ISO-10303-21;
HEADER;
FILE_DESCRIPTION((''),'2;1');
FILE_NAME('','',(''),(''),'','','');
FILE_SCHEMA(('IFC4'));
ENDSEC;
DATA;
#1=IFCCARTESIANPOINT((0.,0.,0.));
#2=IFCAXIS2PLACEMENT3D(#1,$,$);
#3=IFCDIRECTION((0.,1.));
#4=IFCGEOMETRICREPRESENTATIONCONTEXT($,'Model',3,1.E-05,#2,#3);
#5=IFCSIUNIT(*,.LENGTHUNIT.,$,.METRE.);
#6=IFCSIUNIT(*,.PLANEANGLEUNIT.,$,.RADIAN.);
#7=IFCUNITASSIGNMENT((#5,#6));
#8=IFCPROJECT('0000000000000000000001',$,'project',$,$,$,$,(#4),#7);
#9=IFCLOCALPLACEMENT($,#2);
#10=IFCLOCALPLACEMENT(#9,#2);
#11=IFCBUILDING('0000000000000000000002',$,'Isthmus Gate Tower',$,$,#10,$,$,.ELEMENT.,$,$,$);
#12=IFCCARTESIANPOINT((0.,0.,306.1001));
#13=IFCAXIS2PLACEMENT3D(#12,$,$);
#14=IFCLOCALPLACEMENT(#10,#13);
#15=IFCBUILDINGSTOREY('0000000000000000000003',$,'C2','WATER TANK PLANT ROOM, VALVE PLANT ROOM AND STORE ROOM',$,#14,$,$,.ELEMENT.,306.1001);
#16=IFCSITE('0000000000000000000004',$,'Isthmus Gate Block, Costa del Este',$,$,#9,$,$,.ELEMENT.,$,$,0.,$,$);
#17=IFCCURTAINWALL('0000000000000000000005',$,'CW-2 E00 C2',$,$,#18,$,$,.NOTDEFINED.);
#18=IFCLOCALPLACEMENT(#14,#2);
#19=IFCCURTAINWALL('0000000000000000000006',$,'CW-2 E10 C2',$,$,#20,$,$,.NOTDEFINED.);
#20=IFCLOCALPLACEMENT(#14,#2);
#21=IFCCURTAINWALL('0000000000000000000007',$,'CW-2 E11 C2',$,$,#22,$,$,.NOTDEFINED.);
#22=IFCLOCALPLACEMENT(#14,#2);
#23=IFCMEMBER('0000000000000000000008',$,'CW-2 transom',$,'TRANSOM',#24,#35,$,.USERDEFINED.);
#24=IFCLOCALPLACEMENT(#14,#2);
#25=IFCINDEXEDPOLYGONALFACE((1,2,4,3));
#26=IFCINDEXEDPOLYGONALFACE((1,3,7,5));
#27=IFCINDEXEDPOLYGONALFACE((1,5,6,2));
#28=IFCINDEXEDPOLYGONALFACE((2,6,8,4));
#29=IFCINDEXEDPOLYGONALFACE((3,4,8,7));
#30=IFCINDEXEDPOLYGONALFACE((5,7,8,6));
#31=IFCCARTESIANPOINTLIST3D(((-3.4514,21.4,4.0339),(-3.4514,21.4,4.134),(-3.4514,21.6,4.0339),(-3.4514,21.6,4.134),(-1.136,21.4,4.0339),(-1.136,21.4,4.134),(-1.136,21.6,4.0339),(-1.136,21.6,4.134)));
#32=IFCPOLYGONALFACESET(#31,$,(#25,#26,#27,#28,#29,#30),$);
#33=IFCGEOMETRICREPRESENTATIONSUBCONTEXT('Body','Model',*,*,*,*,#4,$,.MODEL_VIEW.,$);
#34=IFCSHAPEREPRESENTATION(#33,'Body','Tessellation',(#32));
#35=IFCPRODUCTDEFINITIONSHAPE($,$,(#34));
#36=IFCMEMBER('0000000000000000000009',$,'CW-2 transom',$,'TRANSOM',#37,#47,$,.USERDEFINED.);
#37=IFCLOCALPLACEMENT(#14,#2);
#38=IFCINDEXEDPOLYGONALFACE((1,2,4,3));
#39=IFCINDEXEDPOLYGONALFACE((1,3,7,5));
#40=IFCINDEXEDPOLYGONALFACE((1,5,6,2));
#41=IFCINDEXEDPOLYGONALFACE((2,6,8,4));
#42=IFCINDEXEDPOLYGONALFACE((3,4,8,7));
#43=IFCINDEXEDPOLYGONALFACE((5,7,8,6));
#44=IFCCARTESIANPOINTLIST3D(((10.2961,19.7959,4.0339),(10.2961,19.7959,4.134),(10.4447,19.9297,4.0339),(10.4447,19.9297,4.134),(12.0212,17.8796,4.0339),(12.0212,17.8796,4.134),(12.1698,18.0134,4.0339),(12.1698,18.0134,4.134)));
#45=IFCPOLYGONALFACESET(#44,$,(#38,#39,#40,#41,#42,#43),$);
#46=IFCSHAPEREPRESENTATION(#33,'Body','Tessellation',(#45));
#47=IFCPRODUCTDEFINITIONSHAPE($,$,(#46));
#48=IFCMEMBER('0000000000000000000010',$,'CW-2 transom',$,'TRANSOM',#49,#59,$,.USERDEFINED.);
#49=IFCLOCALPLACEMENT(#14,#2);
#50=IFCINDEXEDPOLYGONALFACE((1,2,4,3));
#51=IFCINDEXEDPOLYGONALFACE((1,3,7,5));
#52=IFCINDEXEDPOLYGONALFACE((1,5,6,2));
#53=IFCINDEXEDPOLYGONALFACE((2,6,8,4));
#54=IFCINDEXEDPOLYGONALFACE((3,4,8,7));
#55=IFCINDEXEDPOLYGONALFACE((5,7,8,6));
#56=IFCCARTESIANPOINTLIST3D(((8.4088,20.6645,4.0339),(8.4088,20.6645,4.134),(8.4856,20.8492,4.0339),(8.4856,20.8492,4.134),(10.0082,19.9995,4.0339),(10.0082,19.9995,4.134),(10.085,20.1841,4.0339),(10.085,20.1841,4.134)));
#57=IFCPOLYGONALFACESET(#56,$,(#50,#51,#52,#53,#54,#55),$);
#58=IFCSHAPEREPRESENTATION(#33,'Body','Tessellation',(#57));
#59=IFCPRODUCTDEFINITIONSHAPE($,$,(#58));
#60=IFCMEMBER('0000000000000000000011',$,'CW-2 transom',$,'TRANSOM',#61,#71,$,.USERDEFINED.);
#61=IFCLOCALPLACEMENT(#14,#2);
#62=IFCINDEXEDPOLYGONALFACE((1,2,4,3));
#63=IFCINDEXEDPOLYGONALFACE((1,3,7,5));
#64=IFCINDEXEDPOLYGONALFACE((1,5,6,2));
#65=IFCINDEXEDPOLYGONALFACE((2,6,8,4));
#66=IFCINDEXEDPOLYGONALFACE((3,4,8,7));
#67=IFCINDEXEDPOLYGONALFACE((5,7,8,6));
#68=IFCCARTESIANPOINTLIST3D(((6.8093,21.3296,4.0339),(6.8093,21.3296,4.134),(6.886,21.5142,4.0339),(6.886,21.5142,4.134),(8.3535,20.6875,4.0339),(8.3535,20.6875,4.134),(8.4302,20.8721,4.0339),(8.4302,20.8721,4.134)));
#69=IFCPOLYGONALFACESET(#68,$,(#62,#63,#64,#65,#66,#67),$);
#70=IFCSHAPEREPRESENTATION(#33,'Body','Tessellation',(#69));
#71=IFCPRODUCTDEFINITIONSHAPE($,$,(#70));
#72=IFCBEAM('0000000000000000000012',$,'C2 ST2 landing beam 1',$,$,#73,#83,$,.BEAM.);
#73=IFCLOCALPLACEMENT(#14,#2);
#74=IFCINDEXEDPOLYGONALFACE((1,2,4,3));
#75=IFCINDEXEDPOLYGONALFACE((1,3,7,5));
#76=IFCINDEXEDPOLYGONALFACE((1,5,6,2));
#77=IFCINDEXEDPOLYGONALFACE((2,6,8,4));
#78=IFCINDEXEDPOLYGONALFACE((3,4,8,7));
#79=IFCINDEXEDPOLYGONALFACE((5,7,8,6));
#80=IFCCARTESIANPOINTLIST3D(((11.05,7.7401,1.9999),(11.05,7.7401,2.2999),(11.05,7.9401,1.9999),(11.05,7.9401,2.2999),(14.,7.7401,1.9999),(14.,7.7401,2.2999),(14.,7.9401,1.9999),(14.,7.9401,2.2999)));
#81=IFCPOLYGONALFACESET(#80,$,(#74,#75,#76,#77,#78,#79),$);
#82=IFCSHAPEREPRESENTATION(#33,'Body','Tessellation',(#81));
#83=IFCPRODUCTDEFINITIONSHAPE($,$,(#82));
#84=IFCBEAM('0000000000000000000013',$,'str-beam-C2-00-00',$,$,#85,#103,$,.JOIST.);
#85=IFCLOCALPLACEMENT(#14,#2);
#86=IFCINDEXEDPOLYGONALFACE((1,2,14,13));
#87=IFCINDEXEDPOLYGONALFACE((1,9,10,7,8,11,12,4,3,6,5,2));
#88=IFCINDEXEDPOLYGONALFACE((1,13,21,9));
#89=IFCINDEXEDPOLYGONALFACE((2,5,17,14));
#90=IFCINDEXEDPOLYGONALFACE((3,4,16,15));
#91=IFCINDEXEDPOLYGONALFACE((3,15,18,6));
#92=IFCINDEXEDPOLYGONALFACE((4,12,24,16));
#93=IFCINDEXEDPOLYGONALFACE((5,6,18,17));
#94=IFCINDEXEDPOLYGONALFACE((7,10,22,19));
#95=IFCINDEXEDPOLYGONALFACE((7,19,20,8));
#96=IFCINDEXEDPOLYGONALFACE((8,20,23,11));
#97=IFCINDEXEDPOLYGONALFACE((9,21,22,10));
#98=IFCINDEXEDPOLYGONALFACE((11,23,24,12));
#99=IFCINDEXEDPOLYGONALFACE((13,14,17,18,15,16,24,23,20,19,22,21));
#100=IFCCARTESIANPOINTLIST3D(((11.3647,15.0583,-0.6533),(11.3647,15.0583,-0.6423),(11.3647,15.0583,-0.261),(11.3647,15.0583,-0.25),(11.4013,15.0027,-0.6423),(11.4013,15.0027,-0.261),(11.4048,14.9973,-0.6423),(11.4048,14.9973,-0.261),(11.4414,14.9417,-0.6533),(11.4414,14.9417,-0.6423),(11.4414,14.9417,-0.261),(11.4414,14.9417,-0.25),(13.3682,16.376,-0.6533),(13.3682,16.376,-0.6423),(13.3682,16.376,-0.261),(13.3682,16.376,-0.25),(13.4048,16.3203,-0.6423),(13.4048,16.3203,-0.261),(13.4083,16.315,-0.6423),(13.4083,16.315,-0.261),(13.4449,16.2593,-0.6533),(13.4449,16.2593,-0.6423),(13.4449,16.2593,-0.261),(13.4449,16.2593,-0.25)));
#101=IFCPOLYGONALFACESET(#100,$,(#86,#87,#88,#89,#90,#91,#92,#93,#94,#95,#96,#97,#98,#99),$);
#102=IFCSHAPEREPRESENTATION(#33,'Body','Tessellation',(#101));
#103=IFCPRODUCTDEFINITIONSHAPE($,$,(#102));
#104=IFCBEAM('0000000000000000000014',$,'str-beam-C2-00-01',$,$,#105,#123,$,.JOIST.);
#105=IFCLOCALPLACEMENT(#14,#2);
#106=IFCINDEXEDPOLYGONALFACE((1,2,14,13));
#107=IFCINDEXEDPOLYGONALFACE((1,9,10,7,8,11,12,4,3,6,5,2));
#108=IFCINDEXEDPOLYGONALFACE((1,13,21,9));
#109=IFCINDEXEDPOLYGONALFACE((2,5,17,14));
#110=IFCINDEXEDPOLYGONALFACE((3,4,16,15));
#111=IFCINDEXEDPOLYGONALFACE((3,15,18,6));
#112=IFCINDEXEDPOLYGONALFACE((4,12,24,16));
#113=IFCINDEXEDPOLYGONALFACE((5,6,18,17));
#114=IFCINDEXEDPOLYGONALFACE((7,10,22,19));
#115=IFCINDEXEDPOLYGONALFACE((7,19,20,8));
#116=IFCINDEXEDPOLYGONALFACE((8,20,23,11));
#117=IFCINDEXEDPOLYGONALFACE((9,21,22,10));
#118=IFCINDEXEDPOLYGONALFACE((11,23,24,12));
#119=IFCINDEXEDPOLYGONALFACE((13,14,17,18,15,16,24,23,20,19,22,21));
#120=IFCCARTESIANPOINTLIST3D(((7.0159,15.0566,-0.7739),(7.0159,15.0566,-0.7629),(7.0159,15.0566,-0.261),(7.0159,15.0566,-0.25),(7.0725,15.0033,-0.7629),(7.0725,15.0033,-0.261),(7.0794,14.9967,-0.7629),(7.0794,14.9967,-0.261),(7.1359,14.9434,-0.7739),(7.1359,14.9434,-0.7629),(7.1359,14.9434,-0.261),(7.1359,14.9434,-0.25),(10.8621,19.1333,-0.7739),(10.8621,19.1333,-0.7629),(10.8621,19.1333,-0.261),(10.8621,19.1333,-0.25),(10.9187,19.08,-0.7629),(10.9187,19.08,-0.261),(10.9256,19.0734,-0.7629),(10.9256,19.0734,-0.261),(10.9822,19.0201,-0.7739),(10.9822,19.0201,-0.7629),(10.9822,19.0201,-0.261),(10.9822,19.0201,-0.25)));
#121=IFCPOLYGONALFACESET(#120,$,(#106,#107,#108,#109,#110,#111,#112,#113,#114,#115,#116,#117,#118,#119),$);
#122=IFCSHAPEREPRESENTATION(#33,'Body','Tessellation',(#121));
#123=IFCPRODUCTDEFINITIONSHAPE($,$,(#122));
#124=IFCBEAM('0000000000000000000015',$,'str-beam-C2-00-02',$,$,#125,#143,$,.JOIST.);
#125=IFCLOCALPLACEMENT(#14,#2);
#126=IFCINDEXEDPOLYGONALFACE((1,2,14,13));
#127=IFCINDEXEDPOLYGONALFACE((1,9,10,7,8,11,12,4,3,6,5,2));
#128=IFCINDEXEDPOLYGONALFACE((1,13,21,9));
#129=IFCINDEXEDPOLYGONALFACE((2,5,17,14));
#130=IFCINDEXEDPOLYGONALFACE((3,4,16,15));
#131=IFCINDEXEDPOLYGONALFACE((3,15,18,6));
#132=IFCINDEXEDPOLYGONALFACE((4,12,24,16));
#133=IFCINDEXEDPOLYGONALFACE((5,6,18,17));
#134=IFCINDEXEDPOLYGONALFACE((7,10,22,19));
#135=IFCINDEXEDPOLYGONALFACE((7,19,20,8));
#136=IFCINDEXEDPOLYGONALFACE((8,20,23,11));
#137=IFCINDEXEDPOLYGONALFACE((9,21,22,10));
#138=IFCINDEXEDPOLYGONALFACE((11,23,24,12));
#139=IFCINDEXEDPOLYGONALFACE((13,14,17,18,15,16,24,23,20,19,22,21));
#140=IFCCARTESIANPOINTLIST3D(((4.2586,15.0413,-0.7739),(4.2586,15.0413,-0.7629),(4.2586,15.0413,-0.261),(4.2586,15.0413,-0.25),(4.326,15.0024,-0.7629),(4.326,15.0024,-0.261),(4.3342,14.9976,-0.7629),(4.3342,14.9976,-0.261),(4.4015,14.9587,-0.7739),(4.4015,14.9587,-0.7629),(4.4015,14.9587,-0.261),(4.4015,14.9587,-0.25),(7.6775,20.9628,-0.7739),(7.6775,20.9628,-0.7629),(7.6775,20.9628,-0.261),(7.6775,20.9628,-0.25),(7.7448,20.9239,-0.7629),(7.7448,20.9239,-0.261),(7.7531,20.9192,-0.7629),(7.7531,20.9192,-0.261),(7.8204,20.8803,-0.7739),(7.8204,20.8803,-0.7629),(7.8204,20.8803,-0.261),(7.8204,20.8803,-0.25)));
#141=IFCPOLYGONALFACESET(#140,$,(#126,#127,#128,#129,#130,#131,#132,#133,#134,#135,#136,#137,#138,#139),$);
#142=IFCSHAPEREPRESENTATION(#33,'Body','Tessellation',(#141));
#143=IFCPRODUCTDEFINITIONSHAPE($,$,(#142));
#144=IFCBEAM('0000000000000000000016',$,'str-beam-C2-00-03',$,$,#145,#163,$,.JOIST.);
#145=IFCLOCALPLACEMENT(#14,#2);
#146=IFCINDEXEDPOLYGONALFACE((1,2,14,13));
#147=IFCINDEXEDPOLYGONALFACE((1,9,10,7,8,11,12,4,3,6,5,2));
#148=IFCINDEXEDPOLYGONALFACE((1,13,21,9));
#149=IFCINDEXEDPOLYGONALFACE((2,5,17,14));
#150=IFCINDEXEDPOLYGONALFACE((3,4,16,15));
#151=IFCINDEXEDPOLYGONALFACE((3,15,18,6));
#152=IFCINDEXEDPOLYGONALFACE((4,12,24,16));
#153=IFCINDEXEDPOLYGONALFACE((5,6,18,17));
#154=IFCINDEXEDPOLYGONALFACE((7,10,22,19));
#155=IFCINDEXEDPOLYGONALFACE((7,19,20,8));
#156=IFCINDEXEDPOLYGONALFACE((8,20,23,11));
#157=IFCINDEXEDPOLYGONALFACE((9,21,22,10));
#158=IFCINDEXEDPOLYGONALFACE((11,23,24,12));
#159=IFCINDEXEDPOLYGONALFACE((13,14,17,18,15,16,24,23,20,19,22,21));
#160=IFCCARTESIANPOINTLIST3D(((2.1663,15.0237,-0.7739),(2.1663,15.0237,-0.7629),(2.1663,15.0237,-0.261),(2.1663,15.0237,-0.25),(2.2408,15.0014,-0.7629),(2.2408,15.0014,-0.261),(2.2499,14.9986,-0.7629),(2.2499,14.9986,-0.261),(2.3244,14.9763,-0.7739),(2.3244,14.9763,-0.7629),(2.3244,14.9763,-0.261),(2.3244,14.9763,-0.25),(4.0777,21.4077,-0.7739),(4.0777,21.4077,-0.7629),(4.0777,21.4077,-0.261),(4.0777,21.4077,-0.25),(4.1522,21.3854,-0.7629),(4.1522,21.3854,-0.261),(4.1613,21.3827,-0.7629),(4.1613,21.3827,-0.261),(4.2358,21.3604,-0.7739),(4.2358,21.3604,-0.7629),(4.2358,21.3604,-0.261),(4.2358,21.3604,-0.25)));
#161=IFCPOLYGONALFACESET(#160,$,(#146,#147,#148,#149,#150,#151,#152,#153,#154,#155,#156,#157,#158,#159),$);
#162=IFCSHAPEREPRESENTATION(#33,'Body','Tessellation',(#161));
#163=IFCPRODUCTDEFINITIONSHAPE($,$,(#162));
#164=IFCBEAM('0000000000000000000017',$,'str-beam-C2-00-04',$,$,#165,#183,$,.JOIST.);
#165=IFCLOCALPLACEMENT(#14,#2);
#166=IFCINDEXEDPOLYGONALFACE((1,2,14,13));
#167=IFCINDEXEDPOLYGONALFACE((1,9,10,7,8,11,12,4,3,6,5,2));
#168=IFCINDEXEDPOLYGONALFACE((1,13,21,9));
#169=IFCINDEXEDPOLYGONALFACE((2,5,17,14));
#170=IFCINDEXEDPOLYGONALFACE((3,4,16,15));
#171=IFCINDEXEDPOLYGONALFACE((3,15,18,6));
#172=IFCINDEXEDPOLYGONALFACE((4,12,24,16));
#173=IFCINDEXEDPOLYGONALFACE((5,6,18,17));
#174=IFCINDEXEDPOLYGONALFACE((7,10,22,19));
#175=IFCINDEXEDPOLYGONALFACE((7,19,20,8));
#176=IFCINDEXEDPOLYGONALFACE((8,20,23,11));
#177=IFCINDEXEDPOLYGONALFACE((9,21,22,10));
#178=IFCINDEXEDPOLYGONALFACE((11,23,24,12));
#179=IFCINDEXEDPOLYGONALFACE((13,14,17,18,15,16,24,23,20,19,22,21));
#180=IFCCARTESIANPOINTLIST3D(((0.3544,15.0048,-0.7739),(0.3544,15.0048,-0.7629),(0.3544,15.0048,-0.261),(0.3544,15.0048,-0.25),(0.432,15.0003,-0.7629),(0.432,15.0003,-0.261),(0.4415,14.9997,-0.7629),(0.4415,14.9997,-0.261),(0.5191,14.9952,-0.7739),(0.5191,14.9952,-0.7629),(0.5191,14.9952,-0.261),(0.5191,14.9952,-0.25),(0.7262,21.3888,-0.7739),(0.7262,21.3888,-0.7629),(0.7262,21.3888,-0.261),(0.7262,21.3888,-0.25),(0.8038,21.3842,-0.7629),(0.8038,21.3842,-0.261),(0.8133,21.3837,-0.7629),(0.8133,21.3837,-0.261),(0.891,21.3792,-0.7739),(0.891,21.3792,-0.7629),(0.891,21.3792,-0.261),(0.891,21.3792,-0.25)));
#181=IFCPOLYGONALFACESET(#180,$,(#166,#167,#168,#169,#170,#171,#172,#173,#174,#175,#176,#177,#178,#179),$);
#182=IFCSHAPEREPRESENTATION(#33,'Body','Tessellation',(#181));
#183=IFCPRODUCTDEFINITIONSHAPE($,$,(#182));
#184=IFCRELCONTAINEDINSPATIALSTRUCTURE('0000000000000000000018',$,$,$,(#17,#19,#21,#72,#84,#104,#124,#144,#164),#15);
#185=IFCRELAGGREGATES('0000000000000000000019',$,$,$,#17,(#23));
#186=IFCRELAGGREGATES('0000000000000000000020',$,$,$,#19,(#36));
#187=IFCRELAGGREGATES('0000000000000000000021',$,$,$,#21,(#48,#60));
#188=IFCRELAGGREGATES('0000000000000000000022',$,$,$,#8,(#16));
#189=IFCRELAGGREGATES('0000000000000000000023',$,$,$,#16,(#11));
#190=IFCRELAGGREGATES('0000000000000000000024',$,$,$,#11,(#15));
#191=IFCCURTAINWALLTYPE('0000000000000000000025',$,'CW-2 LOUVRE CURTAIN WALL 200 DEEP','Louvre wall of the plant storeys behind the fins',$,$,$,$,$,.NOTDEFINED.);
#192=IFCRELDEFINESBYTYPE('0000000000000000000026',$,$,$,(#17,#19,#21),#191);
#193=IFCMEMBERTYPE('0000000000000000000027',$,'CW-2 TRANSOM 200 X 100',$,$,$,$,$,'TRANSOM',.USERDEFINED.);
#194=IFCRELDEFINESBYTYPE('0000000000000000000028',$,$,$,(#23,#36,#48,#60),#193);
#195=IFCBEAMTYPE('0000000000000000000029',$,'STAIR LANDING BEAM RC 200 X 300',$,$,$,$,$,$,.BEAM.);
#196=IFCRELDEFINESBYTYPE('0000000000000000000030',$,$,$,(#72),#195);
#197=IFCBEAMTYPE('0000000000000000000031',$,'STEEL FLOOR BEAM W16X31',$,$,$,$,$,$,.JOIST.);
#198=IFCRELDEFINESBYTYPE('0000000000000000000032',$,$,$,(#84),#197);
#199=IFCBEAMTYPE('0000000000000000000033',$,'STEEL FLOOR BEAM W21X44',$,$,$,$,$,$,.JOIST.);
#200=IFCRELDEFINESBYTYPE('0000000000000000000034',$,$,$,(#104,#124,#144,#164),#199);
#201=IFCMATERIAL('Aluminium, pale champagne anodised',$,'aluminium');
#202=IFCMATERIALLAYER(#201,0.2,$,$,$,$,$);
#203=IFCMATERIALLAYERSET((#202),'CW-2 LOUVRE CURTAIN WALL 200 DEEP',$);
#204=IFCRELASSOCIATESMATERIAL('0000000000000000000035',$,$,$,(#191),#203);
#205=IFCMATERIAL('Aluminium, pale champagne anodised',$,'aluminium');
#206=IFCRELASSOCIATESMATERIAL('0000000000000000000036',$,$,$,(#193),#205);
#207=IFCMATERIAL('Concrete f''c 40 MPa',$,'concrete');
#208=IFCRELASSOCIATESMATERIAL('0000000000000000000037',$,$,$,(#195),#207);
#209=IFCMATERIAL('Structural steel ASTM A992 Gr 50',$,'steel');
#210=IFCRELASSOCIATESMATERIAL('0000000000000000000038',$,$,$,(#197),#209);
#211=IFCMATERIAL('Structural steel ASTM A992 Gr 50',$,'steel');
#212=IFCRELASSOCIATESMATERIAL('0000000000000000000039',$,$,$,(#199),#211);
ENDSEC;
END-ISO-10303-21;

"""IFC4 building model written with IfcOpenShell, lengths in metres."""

from ifc_helpers import new_model, si_unit, direction, frame, origin, origin_2d, place, context, subcontext, project, spatial, rectangle, i_section, extrude, material, layer, layer_set, material_profile, profile_set, type_object, element, aggregate, save


model = new_model("IFC4")

# Units and contexts
model_context = context("Model", 3, precision=1e-05, world=origin(), true_north=direction((0.0, 1.0)))
body_context = subcontext(model_context, "Body", "Model", "MODEL_VIEW")
ifc_project = project(units=[si_unit("LENGTHUNIT", "METRE"), si_unit("PLANEANGLEUNIT", "RADIAN")], contexts=[model_context])

# Site, building, storey
site_placement = place(None, origin())
site = spatial("IfcSite", under=ifc_project, at=site_placement, Name="Isthmus Gate Block, Costa del Este", CompositionType="ELEMENT", RefElevation=0.0)
building_placement = place(site_placement, origin())
building = spatial("IfcBuilding", under=site, at=building_placement, Name="Isthmus Gate Tower", CompositionType="ELEMENT")
storey_placement = place(building_placement, frame((0.0, 0.0, 306.1001)))
storey = spatial("IfcBuildingStorey", under=building, at=storey_placement, Name="C2", Description="WATER TANK PLANT ROOM, VALVE PLANT ROOM AND STORE ROOM", CompositionType="ELEMENT", Elevation=306.1001)

# Curtain wall
ifc_material_1 = material(Name="Aluminium, pale champagne anodised", Category="aluminium")
ifc_layer_1 = layer(ifc_material_1, 0.2)
ifc_layer_set_1 = layer_set([ifc_layer_1], Name="CW-2 LOUVRE CURTAIN WALL 200 DEEP")
curtain_wall_type = type_object("IfcCurtainWallType", Name="CW-2 LOUVRE CURTAIN WALL 200 DEEP", Description="Louvre wall of the plant storeys behind the fins", PredefinedType="NOTDEFINED", material=ifc_layer_set_1)
curtain_wall_1_placement = place(storey_placement, origin())
curtain_wall_1 = element("IfcCurtainWall", 1, at=curtain_wall_1_placement, inside=storey, type_object=curtain_wall_type, Name="CW-2 E00 C2", PredefinedType="NOTDEFINED")

# Curtain walls
curtain_wall_2_placement = place(storey_placement, origin())
curtain_wall_2 = element("IfcCurtainWall", 2, at=curtain_wall_2_placement, inside=storey, type_object=curtain_wall_type, Name="CW-2 E10 C2", PredefinedType="NOTDEFINED")
curtain_wall_3_placement = place(storey_placement, origin())
curtain_wall_3 = element("IfcCurtainWall", 3, at=curtain_wall_3_placement, inside=storey, type_object=curtain_wall_type, Name="CW-2 E11 C2", PredefinedType="NOTDEFINED")

# Members
ifc_material_2 = material(Name="Aluminium, pale champagne anodised", Category="aluminium")
ifc_material_profile_1 = material_profile(ifc_material_2, rectangle(XDim=0.2, YDim=0.1001, at=origin_2d()), Name="200x100")
ifc_profile_set_1 = profile_set([ifc_material_profile_1], Name="Aluminium, pale champagne anodised")
member_type_1 = type_object("IfcMemberType", Name="CW-2 TRANSOM 200 X 100", ElementType="TRANSOM", PredefinedType="USERDEFINED", material=ifc_profile_set_1)
member_1_placement = place(storey_placement, frame((-1.136, 21.5, 4.084), z_axis=(-1.0, 0.0, 0.0), x_axis=(0.0, -1.0, 0.0)))
member_1 = element("IfcMember", 4, at=member_1_placement, type_object=member_type_1, Name="CW-2 transom", ObjectType="TRANSOM", PredefinedType="USERDEFINED", context=body_context, shape_type="SweptSolid", body=[
    extrude(rectangle(XDim=0.2, YDim=0.1001, at=origin_2d()), origin(), (0.0, 0.0, 1.0), 2.3154),
])
member_2_placement = place(storey_placement, frame((12.0955, 17.9465, 4.084), z_axis=(-0.669064, 0.743205, 0.0), x_axis=(-0.743205, -0.669064, 0.0)))
member_2 = element("IfcMember", 5, at=member_2_placement, type_object=member_type_1, Name="CW-2 transom", ObjectType="TRANSOM", PredefinedType="USERDEFINED", context=body_context, shape_type="SweptSolid", body=[
    extrude(rectangle(XDim=0.2, YDim=0.1001, at=origin_2d()), origin(), (0.0, 0.0, 1.0), 2.5784),
])
member_3_placement = place(storey_placement, frame((10.0466, 20.0918, 4.084), z_axis=(-0.923356, 0.383945, 0.0), x_axis=(-0.383945, -0.923356, 0.0)))
member_3 = element("IfcMember", 6, at=member_3_placement, type_object=member_type_1, Name="CW-2 transom", ObjectType="TRANSOM", PredefinedType="USERDEFINED", context=body_context, shape_type="SweptSolid", body=[
    extrude(rectangle(XDim=0.2, YDim=0.1001, at=origin_2d()), origin(), (0.0, 0.0, 1.0), 1.7322),
])
member_4_placement = place(storey_placement, frame((8.3918, 20.7798, 4.084), z_axis=(-0.923357, 0.383942, 0.0), x_axis=(-0.383942, -0.923357, 0.0)))
member_4 = element("IfcMember", 7, at=member_4_placement, type_object=member_type_1, Name="CW-2 transom", ObjectType="TRANSOM", PredefinedType="USERDEFINED", context=body_context, shape_type="SweptSolid", body=[
    extrude(rectangle(XDim=0.2, YDim=0.1001, at=origin_2d()), origin(), (0.0, 0.0, 1.0), 1.6724),
])

# Beams
ifc_material_3 = material(Name="Concrete f'c 40 MPa", Category="concrete")
ifc_material_profile_2 = material_profile(ifc_material_3, rectangle(XDim=0.2, YDim=0.3, at=origin_2d()), Name="STAIR LANDING BEAM RC 200 X 300")
ifc_profile_set_2 = profile_set([ifc_material_profile_2], Name="Concrete f'c 40 MPa")
beam_type_1 = type_object("IfcBeamType", Name="STAIR LANDING BEAM RC 200 X 300", PredefinedType="BEAM", material=ifc_profile_set_2)
beam_1_placement = place(storey_placement, frame((11.05, 7.8401, 2.1499), z_axis=(1.0, 0.0, 0.0), x_axis=(0.0, 1.0, 0.0)))
element("IfcBeam", 8, at=beam_1_placement, inside=storey, type_object=beam_type_1, Name="C2 ST2 landing beam 1", PredefinedType="BEAM", context=body_context, shape_type="SweptSolid", body=[
    extrude(rectangle(XDim=0.2, YDim=0.3, at=origin_2d()), origin(), (0.0, 0.0, 1.0), 2.95),
])
ifc_material_4 = material(Name="Structural steel ASTM A992 Gr 50", Category="steel")
ifc_material_profile_3 = material_profile(ifc_material_4, i_section(OverallWidth=0.1396, OverallDepth=0.4033, WebThickness=0.0063, FlangeThickness=0.011, at=origin_2d()), Name="W16X31")
ifc_profile_set_3 = profile_set([ifc_material_profile_3], Name="Structural steel ASTM A992 Gr 50")
beam_type_2 = type_object("IfcBeamType", Name="STEEL FLOOR BEAM W16X31", PredefinedType="JOIST", material=ifc_profile_set_3)
beam_2_placement = place(storey_placement, frame((11.4031, 15.0, -0.4517), z_axis=(0.835496, 0.549497, 0.0), x_axis=(-0.549497, 0.835496, 0.0)))
element("IfcBeam", 9, at=beam_2_placement, inside=storey, type_object=beam_type_2, Name="str-beam-C2-00-00", PredefinedType="JOIST", context=body_context, shape_type="SweptSolid", body=[
    extrude(i_section(OverallWidth=0.1396, OverallDepth=0.4033, WebThickness=0.0063, FlangeThickness=0.011, at=origin_2d()), origin(), (0.0, 0.0, 1.0), 2.3979),
])
ifc_material_5 = material(Name="Structural steel ASTM A992 Gr 50", Category="steel")
ifc_material_profile_4 = material_profile(ifc_material_5, i_section(OverallWidth=0.165, OverallDepth=0.5239, WebThickness=0.0095, FlangeThickness=0.011, at=origin_2d()), Name="W21X44")
ifc_profile_set_4 = profile_set([ifc_material_profile_4], Name="Structural steel ASTM A992 Gr 50")
beam_type_3 = type_object("IfcBeamType", Name="STEEL FLOOR BEAM W21X44", PredefinedType="JOIST", material=ifc_profile_set_4)
beam_3_placement = place(storey_placement, frame((7.0759, 15.0, -0.512), z_axis=(0.686247, 0.727368, 0.0), x_axis=(-0.727368, 0.686247, 0.0)))
element("IfcBeam", 10, at=beam_3_placement, inside=storey, type_object=beam_type_3, Name="str-beam-C2-00-01", PredefinedType="JOIST", context=body_context, shape_type="SweptSolid", body=[
    extrude(i_section(OverallWidth=0.165, OverallDepth=0.5239, WebThickness=0.0095, FlangeThickness=0.011, at=origin_2d()), origin(), (0.0, 0.0, 1.0), 5.6047),
])
beam_4_placement = place(storey_placement, frame((4.3301, 15.0, -0.512), z_axis=(0.50001, 0.86602, 0.0), x_axis=(-0.86602, 0.50001, 0.0)))
element("IfcBeam", 11, at=beam_4_placement, inside=storey, type_object=beam_type_3, Name="str-beam-C2-00-02", PredefinedType="JOIST", context=body_context, shape_type="SweptSolid", body=[
    extrude(i_section(OverallWidth=0.165, OverallDepth=0.5239, WebThickness=0.0095, FlangeThickness=0.011, at=origin_2d()), origin(), (0.0, 0.0, 1.0), 6.8376),
])
beam_5_placement = place(storey_placement, frame((2.2454, 15.0, -0.512), z_axis=(0.28682, 0.957984, 0.0), x_axis=(-0.957984, 0.28682, 0.0)))
element("IfcBeam", 12, at=beam_5_placement, inside=storey, type_object=beam_type_3, Name="str-beam-C2-00-03", PredefinedType="JOIST", context=body_context, shape_type="SweptSolid", body=[
    extrude(i_section(OverallWidth=0.165, OverallDepth=0.5239, WebThickness=0.0095, FlangeThickness=0.011, at=origin_2d()), origin(), (0.0, 0.0, 1.0), 6.6641),
])
beam_6_placement = place(storey_placement, frame((0.4368, 15.0, -0.512), z_axis=(0.058145, 0.998308, 0.0), x_axis=(-0.998308, 0.058145, 0.0)))
element("IfcBeam", 13, at=beam_6_placement, inside=storey, type_object=beam_type_3, Name="str-beam-C2-00-04", PredefinedType="JOIST", context=body_context, shape_type="SweptSolid", body=[
    extrude(i_section(OverallWidth=0.165, OverallDepth=0.5239, WebThickness=0.0095, FlangeThickness=0.011, at=origin_2d()), origin(), (0.0, 0.0, 1.0), 6.3948),
])

aggregate(curtain_wall_1, [member_1])
aggregate(curtain_wall_2, [member_2])
aggregate(curtain_wall_3, [member_3, member_4])

save(model, "model.ifc")
